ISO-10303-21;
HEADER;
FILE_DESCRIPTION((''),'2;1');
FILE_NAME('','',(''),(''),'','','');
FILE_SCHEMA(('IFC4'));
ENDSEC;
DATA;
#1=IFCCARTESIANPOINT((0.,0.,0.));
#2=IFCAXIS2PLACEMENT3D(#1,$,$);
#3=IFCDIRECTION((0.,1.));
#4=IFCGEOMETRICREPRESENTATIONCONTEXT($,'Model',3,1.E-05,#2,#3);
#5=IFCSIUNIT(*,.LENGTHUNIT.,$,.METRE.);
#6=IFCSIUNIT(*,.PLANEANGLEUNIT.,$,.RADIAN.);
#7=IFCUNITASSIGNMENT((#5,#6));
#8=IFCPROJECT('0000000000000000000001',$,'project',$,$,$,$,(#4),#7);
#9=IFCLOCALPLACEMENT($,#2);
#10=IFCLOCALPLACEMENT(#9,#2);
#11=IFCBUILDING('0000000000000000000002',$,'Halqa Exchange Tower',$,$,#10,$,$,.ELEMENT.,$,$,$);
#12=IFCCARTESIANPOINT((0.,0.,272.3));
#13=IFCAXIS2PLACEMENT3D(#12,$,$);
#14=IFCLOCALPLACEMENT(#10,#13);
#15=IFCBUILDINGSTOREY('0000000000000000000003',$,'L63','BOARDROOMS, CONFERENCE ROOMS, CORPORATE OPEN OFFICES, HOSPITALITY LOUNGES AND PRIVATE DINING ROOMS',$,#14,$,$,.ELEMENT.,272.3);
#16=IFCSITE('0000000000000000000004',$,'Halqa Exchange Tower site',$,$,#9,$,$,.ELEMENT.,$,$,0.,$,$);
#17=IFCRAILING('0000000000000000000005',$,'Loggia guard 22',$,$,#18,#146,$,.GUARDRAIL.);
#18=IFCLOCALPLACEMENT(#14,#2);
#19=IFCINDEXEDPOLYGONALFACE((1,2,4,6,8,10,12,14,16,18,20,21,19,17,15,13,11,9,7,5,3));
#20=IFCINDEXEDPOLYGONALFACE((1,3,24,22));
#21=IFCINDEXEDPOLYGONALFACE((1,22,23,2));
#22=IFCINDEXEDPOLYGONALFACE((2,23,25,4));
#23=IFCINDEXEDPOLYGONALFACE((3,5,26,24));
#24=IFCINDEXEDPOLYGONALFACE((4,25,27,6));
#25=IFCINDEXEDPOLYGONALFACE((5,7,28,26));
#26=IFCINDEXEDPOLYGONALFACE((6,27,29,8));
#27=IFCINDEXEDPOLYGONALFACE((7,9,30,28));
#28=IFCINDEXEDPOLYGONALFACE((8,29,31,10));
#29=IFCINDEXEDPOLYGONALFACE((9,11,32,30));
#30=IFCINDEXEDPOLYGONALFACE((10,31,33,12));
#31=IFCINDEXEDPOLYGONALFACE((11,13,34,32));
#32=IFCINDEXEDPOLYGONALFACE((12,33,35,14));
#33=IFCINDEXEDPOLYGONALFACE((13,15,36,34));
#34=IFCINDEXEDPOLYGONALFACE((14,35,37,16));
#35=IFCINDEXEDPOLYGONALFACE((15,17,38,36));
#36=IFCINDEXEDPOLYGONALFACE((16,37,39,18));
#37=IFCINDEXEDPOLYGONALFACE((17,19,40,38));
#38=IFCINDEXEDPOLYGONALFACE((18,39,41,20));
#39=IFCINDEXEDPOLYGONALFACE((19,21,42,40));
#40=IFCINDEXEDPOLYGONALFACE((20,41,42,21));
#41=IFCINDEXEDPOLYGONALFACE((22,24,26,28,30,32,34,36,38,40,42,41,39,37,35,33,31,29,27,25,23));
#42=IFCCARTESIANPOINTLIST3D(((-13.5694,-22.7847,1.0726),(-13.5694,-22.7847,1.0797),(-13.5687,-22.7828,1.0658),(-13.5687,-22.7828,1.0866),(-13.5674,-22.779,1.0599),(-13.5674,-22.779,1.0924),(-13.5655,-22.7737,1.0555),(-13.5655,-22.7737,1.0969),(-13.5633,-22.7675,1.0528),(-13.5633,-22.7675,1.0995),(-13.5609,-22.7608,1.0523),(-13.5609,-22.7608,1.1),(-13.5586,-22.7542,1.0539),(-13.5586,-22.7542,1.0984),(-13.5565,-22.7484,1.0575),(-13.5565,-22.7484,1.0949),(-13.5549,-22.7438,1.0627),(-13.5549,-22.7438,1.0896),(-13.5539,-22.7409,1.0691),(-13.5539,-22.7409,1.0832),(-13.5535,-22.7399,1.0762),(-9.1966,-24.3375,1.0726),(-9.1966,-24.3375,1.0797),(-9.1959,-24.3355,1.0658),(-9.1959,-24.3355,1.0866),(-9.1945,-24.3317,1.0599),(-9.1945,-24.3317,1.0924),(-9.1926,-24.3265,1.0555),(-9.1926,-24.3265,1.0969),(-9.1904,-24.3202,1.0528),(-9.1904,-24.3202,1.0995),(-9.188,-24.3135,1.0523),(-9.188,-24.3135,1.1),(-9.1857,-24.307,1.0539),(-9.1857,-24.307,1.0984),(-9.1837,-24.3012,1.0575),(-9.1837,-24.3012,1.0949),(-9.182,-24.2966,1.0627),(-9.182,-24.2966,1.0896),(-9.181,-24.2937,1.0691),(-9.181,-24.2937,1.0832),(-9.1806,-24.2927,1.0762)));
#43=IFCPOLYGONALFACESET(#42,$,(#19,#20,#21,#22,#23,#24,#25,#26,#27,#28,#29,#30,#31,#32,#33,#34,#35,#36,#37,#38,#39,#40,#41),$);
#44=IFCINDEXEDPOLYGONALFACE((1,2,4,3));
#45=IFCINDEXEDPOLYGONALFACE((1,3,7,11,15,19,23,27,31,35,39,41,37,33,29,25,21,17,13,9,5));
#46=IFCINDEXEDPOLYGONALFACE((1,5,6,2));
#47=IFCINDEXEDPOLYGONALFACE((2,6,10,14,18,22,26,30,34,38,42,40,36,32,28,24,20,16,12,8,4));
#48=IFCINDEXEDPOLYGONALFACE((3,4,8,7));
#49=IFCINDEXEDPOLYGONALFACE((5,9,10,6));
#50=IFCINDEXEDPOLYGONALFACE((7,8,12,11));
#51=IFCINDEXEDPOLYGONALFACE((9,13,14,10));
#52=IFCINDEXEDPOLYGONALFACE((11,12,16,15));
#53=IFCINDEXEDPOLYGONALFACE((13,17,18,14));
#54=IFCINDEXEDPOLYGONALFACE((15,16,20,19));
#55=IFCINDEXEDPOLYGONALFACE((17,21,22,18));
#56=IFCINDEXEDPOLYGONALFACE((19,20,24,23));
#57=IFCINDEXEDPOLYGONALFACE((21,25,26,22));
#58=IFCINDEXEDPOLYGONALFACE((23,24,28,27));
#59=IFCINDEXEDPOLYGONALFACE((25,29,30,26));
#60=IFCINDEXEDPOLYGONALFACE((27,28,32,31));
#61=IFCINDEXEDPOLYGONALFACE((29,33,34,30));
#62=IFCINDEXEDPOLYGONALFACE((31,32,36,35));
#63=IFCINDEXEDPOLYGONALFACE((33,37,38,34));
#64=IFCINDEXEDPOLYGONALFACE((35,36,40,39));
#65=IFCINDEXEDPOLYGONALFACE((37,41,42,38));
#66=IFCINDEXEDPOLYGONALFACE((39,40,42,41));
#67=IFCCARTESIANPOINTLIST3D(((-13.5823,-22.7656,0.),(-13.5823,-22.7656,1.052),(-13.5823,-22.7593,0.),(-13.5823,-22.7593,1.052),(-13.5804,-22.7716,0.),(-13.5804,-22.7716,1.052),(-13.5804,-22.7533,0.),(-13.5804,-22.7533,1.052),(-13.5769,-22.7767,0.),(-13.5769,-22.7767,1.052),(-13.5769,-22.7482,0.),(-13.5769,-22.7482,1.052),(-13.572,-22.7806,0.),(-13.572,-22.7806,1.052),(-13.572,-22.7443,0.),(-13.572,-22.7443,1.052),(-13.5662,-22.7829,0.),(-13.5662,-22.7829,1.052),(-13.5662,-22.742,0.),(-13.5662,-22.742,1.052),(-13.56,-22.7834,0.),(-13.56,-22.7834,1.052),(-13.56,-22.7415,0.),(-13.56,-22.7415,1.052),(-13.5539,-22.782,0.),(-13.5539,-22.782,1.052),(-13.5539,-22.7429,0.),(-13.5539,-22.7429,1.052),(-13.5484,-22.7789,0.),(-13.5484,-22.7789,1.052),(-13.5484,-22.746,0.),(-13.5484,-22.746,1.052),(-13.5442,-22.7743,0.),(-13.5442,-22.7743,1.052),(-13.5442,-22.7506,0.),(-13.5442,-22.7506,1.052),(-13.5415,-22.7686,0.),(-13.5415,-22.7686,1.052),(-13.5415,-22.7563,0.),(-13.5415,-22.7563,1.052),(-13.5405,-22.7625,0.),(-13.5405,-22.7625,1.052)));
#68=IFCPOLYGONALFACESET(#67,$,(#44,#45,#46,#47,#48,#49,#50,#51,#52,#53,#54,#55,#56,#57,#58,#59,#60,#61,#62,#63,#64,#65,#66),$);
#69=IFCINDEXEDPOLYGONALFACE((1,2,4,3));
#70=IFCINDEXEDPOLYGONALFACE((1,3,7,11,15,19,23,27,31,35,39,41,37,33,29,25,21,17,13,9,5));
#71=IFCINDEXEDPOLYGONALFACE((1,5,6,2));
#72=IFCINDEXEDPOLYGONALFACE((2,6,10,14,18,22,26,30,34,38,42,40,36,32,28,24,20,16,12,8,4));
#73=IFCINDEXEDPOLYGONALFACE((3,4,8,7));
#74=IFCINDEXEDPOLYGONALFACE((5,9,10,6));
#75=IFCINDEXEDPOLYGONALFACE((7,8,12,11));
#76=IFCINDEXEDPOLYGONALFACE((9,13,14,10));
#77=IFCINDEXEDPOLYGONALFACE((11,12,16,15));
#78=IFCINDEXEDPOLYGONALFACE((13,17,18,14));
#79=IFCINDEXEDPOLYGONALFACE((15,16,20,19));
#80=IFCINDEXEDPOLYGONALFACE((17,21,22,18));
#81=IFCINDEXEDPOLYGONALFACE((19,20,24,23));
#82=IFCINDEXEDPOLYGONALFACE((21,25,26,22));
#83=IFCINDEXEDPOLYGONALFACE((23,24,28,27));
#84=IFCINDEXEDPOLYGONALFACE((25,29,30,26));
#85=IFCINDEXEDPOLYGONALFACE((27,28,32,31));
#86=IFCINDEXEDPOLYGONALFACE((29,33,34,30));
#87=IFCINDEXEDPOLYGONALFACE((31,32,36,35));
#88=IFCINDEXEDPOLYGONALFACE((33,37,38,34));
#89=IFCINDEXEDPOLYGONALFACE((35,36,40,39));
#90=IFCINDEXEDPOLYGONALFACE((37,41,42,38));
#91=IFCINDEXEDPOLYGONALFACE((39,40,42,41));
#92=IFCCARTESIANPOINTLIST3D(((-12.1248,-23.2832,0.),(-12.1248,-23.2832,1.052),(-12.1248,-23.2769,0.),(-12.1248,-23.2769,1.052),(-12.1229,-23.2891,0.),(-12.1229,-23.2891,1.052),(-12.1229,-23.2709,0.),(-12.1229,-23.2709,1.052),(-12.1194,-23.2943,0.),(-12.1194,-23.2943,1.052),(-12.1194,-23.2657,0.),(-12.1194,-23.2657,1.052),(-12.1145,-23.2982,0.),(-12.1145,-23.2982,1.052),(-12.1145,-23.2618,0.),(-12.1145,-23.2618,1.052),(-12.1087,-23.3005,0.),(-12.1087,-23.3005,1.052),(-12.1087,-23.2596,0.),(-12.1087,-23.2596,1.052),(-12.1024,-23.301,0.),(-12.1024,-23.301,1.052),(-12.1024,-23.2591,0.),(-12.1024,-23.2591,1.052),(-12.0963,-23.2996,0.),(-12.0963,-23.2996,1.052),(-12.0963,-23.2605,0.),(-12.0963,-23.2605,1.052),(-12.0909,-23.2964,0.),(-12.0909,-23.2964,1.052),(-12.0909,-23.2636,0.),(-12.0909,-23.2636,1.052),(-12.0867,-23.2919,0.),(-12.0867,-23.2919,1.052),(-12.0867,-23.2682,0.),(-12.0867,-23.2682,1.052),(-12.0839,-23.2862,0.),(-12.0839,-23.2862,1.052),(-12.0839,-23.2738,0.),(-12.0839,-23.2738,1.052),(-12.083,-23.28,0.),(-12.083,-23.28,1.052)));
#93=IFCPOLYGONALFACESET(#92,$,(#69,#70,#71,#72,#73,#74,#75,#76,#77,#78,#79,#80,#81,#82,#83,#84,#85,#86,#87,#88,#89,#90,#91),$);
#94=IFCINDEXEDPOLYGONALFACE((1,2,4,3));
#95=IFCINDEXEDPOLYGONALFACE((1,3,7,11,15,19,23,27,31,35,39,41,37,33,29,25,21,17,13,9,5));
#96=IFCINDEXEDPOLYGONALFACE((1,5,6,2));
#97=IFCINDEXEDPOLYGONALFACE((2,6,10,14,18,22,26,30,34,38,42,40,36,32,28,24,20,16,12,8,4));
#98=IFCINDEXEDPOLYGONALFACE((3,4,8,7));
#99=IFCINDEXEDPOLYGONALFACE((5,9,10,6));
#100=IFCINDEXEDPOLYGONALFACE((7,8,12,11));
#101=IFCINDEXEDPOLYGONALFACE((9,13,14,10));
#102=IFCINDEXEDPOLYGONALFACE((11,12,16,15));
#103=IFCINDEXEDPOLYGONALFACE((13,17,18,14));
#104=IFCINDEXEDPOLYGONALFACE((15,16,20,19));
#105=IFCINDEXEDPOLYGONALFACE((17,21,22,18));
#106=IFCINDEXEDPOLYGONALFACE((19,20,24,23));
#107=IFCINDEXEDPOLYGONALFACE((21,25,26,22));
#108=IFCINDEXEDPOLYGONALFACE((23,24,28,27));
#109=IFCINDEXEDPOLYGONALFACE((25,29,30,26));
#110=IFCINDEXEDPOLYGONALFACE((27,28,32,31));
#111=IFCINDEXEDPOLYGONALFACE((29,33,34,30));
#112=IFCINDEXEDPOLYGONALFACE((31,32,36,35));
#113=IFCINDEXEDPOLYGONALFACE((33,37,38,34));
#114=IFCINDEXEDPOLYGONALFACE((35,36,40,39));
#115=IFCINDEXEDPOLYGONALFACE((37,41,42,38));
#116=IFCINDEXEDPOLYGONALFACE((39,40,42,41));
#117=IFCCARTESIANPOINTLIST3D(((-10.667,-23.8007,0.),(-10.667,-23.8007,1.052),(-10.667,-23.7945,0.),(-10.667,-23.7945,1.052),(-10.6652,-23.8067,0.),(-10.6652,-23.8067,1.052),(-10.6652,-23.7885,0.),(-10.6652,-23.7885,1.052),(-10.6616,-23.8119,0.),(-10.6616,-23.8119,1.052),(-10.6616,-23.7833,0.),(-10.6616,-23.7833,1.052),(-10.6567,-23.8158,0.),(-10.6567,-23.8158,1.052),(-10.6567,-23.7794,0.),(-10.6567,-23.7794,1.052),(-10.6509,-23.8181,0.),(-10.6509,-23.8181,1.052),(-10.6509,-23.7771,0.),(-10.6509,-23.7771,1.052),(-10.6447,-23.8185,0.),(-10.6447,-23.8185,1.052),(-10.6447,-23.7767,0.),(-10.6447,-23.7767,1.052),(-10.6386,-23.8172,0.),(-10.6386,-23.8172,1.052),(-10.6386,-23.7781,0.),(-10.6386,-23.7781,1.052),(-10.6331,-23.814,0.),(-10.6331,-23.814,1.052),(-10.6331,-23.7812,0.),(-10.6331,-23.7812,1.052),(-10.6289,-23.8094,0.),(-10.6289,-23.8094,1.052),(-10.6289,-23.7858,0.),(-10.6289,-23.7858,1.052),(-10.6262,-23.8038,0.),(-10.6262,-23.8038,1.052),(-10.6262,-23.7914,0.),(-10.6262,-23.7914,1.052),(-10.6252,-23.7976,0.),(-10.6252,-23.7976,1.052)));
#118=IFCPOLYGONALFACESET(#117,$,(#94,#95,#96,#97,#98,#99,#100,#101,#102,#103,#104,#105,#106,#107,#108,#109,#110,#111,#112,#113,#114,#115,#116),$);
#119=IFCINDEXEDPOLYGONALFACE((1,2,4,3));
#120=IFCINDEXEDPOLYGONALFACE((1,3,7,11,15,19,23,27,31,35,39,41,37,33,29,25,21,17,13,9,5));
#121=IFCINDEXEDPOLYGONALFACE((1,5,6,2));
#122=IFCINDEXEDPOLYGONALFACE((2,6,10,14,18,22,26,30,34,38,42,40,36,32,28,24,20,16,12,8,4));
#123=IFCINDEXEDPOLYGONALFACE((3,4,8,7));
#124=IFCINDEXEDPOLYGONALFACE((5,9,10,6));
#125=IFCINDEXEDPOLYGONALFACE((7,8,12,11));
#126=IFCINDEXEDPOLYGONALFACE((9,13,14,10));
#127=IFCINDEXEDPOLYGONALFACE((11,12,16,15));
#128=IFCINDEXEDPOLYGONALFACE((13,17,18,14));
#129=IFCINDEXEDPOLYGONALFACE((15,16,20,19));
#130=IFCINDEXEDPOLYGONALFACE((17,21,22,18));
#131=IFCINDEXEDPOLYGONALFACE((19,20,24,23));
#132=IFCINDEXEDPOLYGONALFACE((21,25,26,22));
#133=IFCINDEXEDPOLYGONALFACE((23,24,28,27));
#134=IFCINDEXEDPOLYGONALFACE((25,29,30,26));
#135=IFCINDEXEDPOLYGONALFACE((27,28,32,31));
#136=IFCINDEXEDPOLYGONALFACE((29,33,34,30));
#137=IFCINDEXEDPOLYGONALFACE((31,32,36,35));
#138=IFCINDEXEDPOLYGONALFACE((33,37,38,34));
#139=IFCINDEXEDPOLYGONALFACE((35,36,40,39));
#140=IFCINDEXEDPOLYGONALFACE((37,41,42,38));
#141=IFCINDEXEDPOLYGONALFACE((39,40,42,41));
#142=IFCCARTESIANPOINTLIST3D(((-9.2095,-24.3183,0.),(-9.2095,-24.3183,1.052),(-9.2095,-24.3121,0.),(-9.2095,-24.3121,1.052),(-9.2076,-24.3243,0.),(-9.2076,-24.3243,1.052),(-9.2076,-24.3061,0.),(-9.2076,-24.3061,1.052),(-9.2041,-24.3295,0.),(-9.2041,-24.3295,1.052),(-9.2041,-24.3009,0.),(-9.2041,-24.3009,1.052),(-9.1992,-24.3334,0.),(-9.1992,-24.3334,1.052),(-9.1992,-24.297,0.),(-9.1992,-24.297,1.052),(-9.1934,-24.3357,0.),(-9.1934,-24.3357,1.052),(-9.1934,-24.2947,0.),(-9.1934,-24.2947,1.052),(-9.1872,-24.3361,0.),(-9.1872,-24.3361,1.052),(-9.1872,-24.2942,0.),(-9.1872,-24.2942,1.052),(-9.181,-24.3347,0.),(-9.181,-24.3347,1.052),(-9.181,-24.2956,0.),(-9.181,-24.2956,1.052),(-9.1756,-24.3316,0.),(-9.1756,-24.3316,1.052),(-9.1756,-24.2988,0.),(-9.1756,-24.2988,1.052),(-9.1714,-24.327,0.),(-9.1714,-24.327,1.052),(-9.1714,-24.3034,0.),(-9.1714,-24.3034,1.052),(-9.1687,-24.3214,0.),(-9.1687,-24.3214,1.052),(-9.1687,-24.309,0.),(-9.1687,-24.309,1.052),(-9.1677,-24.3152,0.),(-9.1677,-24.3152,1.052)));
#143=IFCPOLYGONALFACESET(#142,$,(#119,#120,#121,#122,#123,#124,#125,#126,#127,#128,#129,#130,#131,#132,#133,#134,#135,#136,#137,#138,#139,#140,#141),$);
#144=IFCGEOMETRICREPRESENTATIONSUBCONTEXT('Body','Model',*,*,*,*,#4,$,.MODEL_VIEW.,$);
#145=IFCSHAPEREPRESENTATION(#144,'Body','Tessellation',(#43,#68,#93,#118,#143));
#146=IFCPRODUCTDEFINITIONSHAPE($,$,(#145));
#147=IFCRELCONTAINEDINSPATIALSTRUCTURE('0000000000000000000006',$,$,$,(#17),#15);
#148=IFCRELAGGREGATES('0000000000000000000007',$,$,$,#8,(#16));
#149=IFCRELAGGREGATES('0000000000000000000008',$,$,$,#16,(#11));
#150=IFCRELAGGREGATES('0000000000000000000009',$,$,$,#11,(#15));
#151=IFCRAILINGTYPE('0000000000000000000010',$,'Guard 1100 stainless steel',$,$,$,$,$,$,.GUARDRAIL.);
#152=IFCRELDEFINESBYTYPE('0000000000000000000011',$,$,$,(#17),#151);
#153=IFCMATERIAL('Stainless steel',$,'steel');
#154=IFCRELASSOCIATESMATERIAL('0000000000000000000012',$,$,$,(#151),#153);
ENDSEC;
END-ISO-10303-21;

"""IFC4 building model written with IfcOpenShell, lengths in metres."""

from ifc_helpers import new_model, si_unit, direction, frame, origin, origin_2d, place, context, subcontext, project, spatial, circle, extrude, material, type_object, element, save


model = new_model("IFC4")

# Units and contexts
model_context = context("Model", 3, precision=1e-05, world=origin(), true_north=direction((0.0, 1.0)))
body_context = subcontext(model_context, "Body", "Model", "MODEL_VIEW")
ifc_project = project(units=[si_unit("LENGTHUNIT", "METRE"), si_unit("PLANEANGLEUNIT", "RADIAN")], contexts=[model_context])

# Site, building, storey
site_placement = place(None, origin())
site = spatial("IfcSite", under=ifc_project, at=site_placement, Name="Halqa Exchange Tower site", CompositionType="ELEMENT", RefElevation=0.0)
building_placement = place(site_placement, origin())
building = spatial("IfcBuilding", under=site, at=building_placement, Name="Halqa Exchange Tower", CompositionType="ELEMENT")
storey_placement = place(building_placement, frame((0.0, 0.0, 272.3)))
storey = spatial("IfcBuildingStorey", under=building, at=storey_placement, Name="L63", Description="BOARDROOMS, CONFERENCE ROOMS, CORPORATE OPEN OFFICES, HOSPITALITY LOUNGES AND PRIVATE DINING ROOMS", CompositionType="ELEMENT", Elevation=272.3)

# Railing
ifc_material_1 = material(Name="Stainless steel", Category="steel")
railing_type = type_object("IfcRailingType", Name="Guard 1100 stainless steel", PredefinedType="GUARDRAIL", material=ifc_material_1)
railing_1_placement = place(storey_placement, frame((-13.5615, -22.7625, 0.0)))
element("IfcRailing", 1, at=railing_1_placement, inside=storey, type_object=railing_type, Name="Loggia guard 22", PredefinedType="GUARDRAIL", context=body_context, shape_type="SweptSolid", body=[
    extrude(circle(Radius=0.0239, at=origin_2d()), frame((0.0, 0.0, 1.0762), z_axis=(0.942353, -0.334619, 0.0), x_axis=(0.334619, 0.942353, 0.0)), (0.0, 0.0, 1.0), 4.6404),
    extrude(circle(Radius=0.021, at=origin_2d()), origin(), (0.0, 0.0, 1.0), 1.052),
    extrude(circle(Radius=0.021, at=origin_2d()), frame((1.4575, -0.5176, 0.0)), (0.0, 0.0, 1.0), 1.052),
    extrude(circle(Radius=0.021, at=origin_2d()), frame((2.9153, -1.0352, 0.0)), (0.0, 0.0, 1.0), 1.052),
    extrude(circle(Radius=0.021, at=origin_2d()), frame((4.3728, -1.5527, 0.0)), (0.0, 0.0, 1.0), 1.052),
])

save(model, "model.ifc")
